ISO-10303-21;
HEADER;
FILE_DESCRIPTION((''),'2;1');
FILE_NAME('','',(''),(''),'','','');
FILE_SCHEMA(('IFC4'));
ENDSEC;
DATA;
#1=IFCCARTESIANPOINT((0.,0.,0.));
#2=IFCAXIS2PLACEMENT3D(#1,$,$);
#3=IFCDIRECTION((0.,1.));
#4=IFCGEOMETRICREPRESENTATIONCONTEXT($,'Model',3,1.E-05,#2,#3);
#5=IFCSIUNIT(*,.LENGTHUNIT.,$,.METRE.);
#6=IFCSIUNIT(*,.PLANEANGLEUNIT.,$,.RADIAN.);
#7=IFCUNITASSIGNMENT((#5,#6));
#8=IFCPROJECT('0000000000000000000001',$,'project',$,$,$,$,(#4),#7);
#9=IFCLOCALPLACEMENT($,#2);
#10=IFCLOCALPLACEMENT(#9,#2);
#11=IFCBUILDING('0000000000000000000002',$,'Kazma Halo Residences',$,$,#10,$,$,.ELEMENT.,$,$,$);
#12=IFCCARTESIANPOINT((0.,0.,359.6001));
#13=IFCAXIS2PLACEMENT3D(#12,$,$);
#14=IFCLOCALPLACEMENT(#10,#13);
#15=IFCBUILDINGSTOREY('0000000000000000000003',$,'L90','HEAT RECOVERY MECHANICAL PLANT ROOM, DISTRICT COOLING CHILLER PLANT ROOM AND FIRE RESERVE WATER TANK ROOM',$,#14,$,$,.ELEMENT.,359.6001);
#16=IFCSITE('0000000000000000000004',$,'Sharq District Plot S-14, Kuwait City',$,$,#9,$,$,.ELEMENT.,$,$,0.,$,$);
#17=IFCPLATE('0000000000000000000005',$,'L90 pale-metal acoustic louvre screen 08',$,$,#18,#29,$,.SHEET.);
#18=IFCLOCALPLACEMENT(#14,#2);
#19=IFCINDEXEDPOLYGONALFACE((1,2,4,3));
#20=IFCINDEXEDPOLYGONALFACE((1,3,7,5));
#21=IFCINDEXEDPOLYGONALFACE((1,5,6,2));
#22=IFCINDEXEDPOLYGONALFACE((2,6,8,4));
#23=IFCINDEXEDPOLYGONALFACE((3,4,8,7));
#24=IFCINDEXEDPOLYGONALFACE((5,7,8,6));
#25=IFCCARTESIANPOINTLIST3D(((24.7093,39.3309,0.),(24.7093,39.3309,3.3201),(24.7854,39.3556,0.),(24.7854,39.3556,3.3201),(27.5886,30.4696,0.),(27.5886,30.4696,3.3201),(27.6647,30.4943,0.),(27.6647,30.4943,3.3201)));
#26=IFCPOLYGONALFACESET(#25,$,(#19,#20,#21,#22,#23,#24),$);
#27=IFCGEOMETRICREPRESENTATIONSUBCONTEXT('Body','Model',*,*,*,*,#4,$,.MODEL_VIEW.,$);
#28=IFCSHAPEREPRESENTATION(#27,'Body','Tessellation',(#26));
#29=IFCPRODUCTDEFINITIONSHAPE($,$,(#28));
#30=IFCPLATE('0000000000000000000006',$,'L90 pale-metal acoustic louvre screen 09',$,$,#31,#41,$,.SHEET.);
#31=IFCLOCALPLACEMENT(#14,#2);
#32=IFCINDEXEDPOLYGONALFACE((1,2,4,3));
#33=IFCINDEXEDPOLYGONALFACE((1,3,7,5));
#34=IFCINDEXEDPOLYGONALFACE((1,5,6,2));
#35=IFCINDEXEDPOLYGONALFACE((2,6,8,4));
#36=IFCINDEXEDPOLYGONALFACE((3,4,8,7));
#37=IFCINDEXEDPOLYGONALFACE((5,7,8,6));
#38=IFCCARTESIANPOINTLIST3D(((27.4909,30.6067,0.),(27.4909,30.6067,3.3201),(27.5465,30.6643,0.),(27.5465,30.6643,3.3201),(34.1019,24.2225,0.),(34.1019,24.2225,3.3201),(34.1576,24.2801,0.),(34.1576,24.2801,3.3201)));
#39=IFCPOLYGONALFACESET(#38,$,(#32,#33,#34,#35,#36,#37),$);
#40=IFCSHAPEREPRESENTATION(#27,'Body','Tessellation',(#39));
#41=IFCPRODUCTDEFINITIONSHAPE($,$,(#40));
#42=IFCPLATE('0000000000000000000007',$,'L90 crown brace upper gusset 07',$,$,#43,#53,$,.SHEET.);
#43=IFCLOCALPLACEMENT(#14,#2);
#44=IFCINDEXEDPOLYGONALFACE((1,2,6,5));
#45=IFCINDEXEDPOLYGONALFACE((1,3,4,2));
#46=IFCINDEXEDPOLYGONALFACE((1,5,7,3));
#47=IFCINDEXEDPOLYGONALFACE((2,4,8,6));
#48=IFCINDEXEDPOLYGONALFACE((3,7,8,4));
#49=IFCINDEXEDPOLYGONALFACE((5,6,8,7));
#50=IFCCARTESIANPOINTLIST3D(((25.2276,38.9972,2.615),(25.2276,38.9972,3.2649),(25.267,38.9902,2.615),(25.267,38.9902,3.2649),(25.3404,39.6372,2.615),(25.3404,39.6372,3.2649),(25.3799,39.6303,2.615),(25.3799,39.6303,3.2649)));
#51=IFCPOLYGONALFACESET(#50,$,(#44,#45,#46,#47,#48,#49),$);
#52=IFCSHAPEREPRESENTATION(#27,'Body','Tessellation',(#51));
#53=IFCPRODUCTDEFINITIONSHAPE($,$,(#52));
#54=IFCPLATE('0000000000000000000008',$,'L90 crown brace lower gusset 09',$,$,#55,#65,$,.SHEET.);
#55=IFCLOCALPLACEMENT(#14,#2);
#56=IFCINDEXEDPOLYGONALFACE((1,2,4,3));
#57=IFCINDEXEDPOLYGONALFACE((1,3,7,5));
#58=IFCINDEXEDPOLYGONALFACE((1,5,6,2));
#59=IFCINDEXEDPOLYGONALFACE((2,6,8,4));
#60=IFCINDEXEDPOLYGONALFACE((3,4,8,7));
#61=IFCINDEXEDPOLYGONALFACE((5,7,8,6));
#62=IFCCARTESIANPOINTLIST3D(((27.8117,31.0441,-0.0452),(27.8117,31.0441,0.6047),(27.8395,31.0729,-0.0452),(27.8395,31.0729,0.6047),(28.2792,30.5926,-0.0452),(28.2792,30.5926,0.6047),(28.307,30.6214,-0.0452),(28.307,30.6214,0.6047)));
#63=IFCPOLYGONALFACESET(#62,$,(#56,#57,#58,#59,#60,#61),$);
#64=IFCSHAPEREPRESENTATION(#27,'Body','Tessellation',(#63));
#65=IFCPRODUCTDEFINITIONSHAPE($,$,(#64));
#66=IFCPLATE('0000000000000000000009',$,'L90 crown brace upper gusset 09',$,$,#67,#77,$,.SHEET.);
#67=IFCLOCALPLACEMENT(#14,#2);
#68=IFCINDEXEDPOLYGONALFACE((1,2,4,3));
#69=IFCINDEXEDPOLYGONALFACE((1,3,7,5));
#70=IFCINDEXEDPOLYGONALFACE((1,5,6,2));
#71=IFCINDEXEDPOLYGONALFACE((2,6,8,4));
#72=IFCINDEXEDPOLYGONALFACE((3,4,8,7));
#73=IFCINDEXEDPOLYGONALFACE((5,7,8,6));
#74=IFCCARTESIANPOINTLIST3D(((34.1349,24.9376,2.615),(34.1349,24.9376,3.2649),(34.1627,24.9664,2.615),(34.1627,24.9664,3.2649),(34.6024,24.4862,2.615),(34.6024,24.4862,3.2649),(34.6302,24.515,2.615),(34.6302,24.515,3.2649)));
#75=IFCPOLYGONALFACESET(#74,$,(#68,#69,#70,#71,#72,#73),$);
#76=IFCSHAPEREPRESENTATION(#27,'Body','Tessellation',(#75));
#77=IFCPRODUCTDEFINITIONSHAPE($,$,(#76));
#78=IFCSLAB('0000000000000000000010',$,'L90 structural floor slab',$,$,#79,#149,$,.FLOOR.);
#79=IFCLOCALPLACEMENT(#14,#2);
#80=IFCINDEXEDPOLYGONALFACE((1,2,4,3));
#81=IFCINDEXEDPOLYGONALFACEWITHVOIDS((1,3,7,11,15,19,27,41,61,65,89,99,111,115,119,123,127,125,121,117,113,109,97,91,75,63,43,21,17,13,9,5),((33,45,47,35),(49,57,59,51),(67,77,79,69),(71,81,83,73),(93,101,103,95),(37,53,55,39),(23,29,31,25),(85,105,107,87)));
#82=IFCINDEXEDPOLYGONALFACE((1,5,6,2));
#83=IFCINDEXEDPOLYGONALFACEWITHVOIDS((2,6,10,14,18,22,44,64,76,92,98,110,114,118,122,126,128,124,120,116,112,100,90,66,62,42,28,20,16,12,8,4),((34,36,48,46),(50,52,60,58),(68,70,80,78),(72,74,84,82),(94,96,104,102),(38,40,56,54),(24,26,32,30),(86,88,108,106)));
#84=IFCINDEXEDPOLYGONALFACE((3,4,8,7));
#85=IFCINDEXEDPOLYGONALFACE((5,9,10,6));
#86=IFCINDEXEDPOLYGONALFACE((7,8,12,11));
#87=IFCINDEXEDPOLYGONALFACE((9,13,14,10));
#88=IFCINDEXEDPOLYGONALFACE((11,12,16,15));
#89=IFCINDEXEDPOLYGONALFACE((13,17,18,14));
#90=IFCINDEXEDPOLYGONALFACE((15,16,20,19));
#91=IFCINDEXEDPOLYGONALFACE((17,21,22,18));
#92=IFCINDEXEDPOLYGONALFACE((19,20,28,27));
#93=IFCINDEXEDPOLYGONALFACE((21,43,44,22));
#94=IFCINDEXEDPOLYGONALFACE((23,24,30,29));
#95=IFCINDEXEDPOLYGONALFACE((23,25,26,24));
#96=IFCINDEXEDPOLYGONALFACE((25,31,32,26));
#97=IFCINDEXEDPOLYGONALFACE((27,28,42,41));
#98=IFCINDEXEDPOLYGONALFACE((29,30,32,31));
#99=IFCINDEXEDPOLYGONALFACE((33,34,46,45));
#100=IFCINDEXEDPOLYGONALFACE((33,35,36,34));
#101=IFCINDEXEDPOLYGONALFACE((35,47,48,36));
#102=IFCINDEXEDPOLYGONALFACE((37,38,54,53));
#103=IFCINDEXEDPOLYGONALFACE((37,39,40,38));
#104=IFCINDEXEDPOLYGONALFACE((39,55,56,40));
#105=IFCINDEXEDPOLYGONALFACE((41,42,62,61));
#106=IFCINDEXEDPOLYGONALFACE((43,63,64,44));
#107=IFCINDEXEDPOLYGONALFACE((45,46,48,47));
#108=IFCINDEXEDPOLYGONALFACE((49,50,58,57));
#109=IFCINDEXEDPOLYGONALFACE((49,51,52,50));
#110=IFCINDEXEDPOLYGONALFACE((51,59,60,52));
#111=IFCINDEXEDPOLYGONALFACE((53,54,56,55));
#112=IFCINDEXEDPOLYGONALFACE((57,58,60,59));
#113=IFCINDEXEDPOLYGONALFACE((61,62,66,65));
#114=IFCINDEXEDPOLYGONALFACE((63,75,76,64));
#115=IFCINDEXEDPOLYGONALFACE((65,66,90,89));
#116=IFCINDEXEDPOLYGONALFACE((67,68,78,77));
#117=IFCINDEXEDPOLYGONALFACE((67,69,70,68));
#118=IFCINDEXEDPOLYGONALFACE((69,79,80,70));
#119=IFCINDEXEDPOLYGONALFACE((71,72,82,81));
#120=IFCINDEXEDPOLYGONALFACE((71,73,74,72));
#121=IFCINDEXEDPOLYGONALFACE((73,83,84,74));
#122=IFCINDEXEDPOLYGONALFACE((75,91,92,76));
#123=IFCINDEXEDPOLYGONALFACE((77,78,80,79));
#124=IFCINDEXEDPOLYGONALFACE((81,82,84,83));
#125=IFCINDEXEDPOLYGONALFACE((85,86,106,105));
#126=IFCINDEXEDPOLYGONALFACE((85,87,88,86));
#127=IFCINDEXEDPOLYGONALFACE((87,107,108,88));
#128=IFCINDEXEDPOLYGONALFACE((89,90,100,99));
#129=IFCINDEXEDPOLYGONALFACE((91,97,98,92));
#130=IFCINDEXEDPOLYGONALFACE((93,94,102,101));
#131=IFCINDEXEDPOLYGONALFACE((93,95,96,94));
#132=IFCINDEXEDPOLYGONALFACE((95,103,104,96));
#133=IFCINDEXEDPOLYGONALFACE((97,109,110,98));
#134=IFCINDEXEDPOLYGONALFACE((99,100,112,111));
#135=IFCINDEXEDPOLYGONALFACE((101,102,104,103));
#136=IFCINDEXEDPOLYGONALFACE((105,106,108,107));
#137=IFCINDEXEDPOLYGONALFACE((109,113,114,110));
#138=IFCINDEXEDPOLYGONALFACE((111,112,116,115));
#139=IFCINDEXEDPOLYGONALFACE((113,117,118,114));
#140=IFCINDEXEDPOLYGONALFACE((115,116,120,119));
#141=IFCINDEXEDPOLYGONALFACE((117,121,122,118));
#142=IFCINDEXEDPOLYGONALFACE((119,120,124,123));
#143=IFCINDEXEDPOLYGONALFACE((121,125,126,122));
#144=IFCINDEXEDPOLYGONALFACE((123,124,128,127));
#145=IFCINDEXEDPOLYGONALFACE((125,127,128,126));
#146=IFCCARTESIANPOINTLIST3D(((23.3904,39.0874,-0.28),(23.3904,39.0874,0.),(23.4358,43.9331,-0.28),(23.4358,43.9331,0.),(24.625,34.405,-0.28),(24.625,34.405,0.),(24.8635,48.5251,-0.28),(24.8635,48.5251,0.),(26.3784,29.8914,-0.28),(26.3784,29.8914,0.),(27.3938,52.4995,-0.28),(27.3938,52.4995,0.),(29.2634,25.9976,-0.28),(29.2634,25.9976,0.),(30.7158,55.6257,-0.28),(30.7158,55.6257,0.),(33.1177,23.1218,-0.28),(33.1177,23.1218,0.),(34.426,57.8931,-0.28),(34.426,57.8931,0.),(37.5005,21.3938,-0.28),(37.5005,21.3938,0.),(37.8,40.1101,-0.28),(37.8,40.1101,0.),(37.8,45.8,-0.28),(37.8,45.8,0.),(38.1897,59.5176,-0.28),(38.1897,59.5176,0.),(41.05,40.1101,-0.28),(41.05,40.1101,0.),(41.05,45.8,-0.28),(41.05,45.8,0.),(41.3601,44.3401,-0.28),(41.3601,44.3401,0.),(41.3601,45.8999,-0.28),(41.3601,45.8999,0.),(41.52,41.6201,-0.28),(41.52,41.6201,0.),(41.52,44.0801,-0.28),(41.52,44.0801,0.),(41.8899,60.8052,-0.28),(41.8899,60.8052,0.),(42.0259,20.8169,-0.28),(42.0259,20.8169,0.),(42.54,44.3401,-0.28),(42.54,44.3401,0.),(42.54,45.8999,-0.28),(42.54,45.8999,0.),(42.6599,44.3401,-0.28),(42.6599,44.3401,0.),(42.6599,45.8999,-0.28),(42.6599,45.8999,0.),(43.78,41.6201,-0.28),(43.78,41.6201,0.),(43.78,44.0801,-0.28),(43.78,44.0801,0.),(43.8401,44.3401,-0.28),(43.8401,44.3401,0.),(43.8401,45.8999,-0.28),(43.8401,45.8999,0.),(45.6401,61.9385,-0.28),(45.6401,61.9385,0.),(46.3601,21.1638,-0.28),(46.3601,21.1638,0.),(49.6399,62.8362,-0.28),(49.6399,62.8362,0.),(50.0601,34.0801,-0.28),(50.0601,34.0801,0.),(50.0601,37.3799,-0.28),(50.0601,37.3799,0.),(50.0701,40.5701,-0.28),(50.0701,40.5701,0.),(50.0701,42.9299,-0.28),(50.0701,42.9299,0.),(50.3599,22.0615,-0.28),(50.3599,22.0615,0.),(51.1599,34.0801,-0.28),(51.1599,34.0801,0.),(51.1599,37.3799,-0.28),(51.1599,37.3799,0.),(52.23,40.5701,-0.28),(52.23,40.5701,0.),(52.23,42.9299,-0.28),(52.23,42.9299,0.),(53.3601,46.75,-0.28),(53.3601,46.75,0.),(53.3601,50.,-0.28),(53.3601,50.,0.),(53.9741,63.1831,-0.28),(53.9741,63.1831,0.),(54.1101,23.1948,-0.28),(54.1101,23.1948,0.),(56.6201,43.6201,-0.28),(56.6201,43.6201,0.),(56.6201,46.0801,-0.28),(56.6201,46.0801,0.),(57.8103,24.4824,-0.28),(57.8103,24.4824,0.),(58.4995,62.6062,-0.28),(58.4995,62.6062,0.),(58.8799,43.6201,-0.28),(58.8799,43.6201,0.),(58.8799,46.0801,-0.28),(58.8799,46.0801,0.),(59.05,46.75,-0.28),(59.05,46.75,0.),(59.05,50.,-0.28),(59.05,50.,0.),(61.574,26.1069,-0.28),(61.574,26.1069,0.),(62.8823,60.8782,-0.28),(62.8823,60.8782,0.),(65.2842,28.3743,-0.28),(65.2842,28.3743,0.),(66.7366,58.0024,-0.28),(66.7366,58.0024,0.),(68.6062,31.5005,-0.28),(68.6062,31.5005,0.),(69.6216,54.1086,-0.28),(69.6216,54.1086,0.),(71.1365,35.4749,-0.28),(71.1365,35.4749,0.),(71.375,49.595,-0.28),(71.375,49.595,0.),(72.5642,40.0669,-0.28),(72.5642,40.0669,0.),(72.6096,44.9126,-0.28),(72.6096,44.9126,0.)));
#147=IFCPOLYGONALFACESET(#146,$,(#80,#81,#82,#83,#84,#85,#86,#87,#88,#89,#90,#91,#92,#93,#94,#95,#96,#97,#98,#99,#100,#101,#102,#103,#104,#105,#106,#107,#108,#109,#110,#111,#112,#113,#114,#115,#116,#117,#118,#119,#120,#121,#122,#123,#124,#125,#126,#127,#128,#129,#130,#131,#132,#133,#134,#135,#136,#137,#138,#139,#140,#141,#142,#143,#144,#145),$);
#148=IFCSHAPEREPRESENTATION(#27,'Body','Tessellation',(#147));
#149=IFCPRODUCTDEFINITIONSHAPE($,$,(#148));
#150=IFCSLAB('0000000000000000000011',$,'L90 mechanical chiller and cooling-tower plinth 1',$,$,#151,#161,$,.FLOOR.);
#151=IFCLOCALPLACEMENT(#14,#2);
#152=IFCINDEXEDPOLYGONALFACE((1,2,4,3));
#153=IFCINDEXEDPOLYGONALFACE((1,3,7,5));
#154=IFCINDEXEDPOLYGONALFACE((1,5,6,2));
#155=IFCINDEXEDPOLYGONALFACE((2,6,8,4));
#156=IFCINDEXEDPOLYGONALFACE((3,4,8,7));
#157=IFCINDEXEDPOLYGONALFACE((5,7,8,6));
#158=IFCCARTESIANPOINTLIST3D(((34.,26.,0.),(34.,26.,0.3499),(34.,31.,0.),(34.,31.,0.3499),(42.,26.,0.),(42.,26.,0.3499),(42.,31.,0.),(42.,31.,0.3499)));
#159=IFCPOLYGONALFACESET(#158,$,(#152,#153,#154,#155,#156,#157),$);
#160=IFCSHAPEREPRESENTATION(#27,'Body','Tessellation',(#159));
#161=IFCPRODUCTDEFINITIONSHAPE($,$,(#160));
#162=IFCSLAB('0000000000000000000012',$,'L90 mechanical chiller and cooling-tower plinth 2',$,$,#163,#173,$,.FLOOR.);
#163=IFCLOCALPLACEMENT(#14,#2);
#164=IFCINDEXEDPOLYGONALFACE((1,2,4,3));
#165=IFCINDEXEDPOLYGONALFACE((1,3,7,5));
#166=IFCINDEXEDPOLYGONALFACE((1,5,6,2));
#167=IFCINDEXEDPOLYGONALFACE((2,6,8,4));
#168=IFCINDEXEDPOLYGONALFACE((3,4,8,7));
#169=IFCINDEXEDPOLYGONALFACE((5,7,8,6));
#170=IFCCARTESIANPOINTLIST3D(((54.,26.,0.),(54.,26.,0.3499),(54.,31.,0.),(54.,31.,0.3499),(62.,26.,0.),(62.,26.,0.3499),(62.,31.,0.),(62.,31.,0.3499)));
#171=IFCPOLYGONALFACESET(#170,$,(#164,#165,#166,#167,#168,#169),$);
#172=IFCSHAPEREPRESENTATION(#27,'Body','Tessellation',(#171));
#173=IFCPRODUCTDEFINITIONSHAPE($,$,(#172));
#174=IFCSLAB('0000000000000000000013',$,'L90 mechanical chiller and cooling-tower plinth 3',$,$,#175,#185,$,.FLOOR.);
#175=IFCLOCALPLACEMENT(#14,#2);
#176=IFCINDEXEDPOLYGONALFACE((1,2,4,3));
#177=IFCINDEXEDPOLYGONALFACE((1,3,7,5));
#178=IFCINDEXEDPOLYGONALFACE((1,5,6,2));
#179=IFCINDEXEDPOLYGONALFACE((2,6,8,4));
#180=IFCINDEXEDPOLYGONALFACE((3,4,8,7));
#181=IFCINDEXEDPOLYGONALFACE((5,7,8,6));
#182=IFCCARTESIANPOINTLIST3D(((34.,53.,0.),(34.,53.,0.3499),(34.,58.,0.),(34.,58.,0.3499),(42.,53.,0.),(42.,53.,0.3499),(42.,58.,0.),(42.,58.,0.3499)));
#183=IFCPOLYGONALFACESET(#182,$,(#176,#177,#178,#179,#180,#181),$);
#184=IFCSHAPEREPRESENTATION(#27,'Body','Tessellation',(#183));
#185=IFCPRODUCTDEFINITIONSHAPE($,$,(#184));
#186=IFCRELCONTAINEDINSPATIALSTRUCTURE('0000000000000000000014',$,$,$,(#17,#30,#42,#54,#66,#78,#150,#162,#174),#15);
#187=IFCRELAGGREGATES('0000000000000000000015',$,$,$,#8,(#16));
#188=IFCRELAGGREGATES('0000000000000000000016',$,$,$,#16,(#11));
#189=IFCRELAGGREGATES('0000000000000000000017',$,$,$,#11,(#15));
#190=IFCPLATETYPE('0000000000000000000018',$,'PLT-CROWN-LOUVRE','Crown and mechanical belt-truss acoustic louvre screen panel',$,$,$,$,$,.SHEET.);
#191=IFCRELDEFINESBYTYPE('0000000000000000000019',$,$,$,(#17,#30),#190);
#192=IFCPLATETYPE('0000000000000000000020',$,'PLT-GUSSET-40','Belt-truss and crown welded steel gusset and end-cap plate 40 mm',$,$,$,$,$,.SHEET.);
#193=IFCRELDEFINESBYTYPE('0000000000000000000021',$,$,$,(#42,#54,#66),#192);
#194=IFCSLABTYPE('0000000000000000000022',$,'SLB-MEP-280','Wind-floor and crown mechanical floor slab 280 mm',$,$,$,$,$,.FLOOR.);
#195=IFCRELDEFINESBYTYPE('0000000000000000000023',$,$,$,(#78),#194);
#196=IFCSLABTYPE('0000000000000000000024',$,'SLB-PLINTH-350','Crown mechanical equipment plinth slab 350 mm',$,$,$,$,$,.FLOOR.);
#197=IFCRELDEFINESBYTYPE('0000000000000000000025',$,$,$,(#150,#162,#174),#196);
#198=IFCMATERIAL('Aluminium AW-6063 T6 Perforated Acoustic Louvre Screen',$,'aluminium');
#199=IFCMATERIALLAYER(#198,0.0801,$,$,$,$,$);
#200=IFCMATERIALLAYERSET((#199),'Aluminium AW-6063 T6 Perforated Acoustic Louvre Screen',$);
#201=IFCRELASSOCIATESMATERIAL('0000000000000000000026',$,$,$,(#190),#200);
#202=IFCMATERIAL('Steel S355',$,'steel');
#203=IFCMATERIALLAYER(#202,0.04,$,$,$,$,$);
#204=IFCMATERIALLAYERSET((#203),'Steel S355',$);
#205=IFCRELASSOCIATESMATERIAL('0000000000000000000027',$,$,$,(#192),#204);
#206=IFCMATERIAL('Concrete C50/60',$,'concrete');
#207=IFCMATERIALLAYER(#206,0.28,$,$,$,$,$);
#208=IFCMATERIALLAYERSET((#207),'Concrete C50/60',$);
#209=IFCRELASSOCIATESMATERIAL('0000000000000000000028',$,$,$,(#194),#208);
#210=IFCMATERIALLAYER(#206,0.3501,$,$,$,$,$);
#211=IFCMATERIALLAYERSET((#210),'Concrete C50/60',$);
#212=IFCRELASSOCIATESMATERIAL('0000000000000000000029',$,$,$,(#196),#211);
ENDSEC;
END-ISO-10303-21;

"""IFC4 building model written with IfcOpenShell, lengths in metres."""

from ifc_helpers import new_model, si_unit, direction, frame, origin, origin_2d, place, context, subcontext, project, spatial, polyline, rectangle, outline, extrude, material, layer, layer_set, type_object, element, save


model = new_model("IFC4")

# Units and contexts
model_context = context("Model", 3, precision=1e-05, world=origin(), true_north=direction((0.0, 1.0)))
body_context = subcontext(model_context, "Body", "Model", "MODEL_VIEW")
ifc_project = project(units=[si_unit("LENGTHUNIT", "METRE"), si_unit("PLANEANGLEUNIT", "RADIAN")], contexts=[model_context])

# Site, building, storey
site_placement = place(None, origin())
site = spatial("IfcSite", under=ifc_project, at=site_placement, Name="Sharq District Plot S-14, Kuwait City", CompositionType="ELEMENT", RefElevation=0.0)
building_placement = place(site_placement, origin())
building = spatial("IfcBuilding", under=site, at=building_placement, Name="Kazma Halo Residences", CompositionType="ELEMENT")
storey_placement = place(building_placement, frame((0.0, 0.0, 359.6001)))
storey = spatial("IfcBuildingStorey", under=building, at=storey_placement, Name="L90", Description="HEAT RECOVERY MECHANICAL PLANT ROOM, DISTRICT COOLING CHILLER PLANT ROOM AND FIRE RESERVE WATER TANK ROOM", CompositionType="ELEMENT", Elevation=359.6001)

# Shared definitions
ifc_material_1 = material(Name="Steel S355", Category="steel")

# Plates
ifc_material_2 = material(Name="Aluminium AW-6063 T6 Perforated Acoustic Louvre Screen", Category="aluminium")
ifc_layer_1 = layer(ifc_material_2, 0.0801)
ifc_layer_set_1 = layer_set([ifc_layer_1], Name="Aluminium AW-6063 T6 Perforated Acoustic Louvre Screen")
plate_type_1 = type_object("IfcPlateType", Name="PLT-CROWN-LOUVRE", Description="Crown and mechanical belt-truss acoustic louvre screen panel", PredefinedType="SHEET", material=ifc_layer_set_1)
plate_1_placement = place(storey_placement, frame((26.187, 34.9126, 0.0), z_axis=(0.0, 0.0, 1.0), x_axis=(0.309023, -0.951055, 0.0)))
element("IfcPlate", 1, at=plate_1_placement, inside=storey, type_object=plate_type_1, Name="L90 pale-metal acoustic louvre screen 08", PredefinedType="SHEET", context=body_context, shape_type="SweptSolid", body=[
    extrude(rectangle(XDim=9.3174, YDim=0.0801, at=origin_2d()), origin(), (0.0, 0.0, 1.0), 3.3201),
])
plate_2_placement = place(storey_placement, frame((30.8242, 27.4434, 0.0), z_axis=(0.0, 0.0, 1.0), x_axis=(0.719342, -0.694656, 0.0)))
element("IfcPlate", 2, at=plate_2_placement, inside=storey, type_object=plate_type_1, Name="L90 pale-metal acoustic louvre screen 09", PredefinedType="SHEET", context=body_context, shape_type="SweptSolid", body=[
    extrude(rectangle(XDim=9.1904, YDim=0.0801, at=origin_2d()), origin(), (0.0, 0.0, 1.0), 3.3201),
])
ifc_layer_2 = layer(ifc_material_1, 0.04)
ifc_layer_set_2 = layer_set([ifc_layer_2], Name="Steel S355")
plate_type_2 = type_object("IfcPlateType", Name="PLT-GUSSET-40", Description="Belt-truss and crown welded steel gusset and end-cap plate 40 mm", PredefinedType="SHEET", material=ifc_layer_set_2)
for number, where, z_axis, x_axis, name in (
    (3, (25.3037, 39.3137, 2.615), (0.0, 0.0, 1.0), (-0.173656, -0.984806, 0.0), "L90 crown brace upper gusset 07"),
    (4, (28.0593, 30.8328, -0.0452), (0.0, 0.0, 1.0), (0.719342, -0.694656, 0.0), "L90 crown brace lower gusset 09"),
    (5, (34.3826, 24.7263, 2.615), (0.0, 0.0, 1.0), (0.719342, -0.694656, 0.0), "L90 crown brace upper gusset 09"),
):
    element("IfcPlate", number, at=place(storey_placement, frame(where, z_axis=z_axis, x_axis=x_axis)), inside=storey, type_object=plate_type_2, Name=name, PredefinedType="SHEET", context=body_context, shape_type="SweptSolid", body=[
        extrude(rectangle(XDim=0.6499, YDim=0.04, at=origin_2d()), origin(), (0.0, 0.0, 1.0), 0.6499),
    ])

# Slabs
ifc_material_3 = material(Name="Concrete C50/60", Category="concrete")
ifc_layer_3 = layer(ifc_material_3, 0.28)
ifc_layer_set_3 = layer_set([ifc_layer_3], Name="Concrete C50/60")
slab_type_1 = type_object("IfcSlabType", Name="SLB-MEP-280", Description="Wind-floor and crown mechanical floor slab 280 mm", PredefinedType="FLOOR", material=ifc_layer_set_3)
slab_1_placement = place(storey_placement, frame((0.0, 0.0, -0.28)))
element("IfcSlab", 6, at=slab_1_placement, inside=storey, type_object=slab_type_1, Name="L90 structural floor slab", PredefinedType="FLOOR", context=body_context, shape_type="SweptSolid", body=[
    extrude(outline(polyline([(71.375, 49.595), (69.6216, 54.1086), (66.7366, 58.0024), (62.8823, 60.8782), (58.4995, 62.6062), (53.9741, 63.1831), (49.6399, 62.8362), (45.6401, 61.9385), (41.8899, 60.8052), (38.1897, 59.5176), (34.426, 57.8931), (30.7158, 55.6257), (27.3938, 52.4995), (24.8635, 48.5251), (23.4358, 43.9331), (23.3904, 39.0874), (24.625, 34.405), (26.3784, 29.8914), (29.2634, 25.9976), (33.1177, 23.1218), (37.5005, 21.3938), (42.0259, 20.8169), (46.3601, 21.1638), (50.3599, 22.0615), (54.1101, 23.1948), (57.8103, 24.4824), (61.574, 26.1069), (65.2842, 28.3743), (68.6062, 31.5005), (71.1365, 35.4749), (72.5642, 40.0669), (72.6096, 44.9126), (71.375, 49.595)]), holes=[polyline([(37.8, 40.1101), (41.05, 40.1101), (41.05, 45.8), (37.8, 45.8), (37.8, 40.1101)]), polyline([(53.3601, 46.75), (59.05, 46.75), (59.05, 50.0), (53.3601, 50.0), (53.3601, 46.75)]), polyline([(41.52, 41.6201), (43.78, 41.6201), (43.78, 44.0801), (41.52, 44.0801), (41.52, 41.6201)]), polyline([(56.6201, 43.6201), (58.8799, 43.6201), (58.8799, 46.0801), (56.6201, 46.0801), (56.6201, 43.6201)]), polyline([(50.0701, 40.5701), (52.23, 40.5701), (52.23, 42.9299), (50.0701, 42.9299), (50.0701, 40.5701)]), polyline([(41.3601, 44.3401), (42.54, 44.3401), (42.54, 45.8999), (41.3601, 45.8999), (41.3601, 44.3401)]), polyline([(42.6599, 44.3401), (43.8401, 44.3401), (43.8401, 45.8999), (42.6599, 45.8999), (42.6599, 44.3401)]), polyline([(50.0601, 34.0801), (51.1599, 34.0801), (51.1599, 37.3799), (50.0601, 37.3799), (50.0601, 34.0801)])]), origin(), (0.0, 0.0, 1.0), 0.28),
])
ifc_layer_4 = layer(ifc_material_3, 0.3501)
ifc_layer_set_4 = layer_set([ifc_layer_4], Name="Concrete C50/60")
slab_type_2 = type_object("IfcSlabType", Name="SLB-PLINTH-350", Description="Crown mechanical equipment plinth slab 350 mm", PredefinedType="FLOOR", material=ifc_layer_set_4)
slab_2_placement = place(storey_placement, origin())
element("IfcSlab", 7, at=slab_2_placement, inside=storey, type_object=slab_type_2, Name="L90 mechanical chiller and cooling-tower plinth 1", PredefinedType="FLOOR", context=body_context, shape_type="SweptSolid", body=[
    extrude(outline(polyline([(34.0, 26.0), (42.0, 26.0), (42.0, 31.0), (34.0, 31.0), (34.0, 26.0)])), origin(), (0.0, 0.0, 1.0), 0.3499),
])
slab_3_placement = place(storey_placement, origin())
element("IfcSlab", 8, at=slab_3_placement, inside=storey, type_object=slab_type_2, Name="L90 mechanical chiller and cooling-tower plinth 2", PredefinedType="FLOOR", context=body_context, shape_type="SweptSolid", body=[
    extrude(outline(polyline([(54.0, 26.0), (62.0, 26.0), (62.0, 31.0), (54.0, 31.0), (54.0, 26.0)])), origin(), (0.0, 0.0, 1.0), 0.3499),
])
slab_4_placement = place(storey_placement, origin())
element("IfcSlab", 9, at=slab_4_placement, inside=storey, type_object=slab_type_2, Name="L90 mechanical chiller and cooling-tower plinth 3", PredefinedType="FLOOR", context=body_context, shape_type="SweptSolid", body=[
    extrude(outline(polyline([(34.0, 53.0), (42.0, 53.0), (42.0, 58.0), (34.0, 58.0), (34.0, 53.0)])), origin(), (0.0, 0.0, 1.0), 0.3499),
])

save(model, "model.ifc")
